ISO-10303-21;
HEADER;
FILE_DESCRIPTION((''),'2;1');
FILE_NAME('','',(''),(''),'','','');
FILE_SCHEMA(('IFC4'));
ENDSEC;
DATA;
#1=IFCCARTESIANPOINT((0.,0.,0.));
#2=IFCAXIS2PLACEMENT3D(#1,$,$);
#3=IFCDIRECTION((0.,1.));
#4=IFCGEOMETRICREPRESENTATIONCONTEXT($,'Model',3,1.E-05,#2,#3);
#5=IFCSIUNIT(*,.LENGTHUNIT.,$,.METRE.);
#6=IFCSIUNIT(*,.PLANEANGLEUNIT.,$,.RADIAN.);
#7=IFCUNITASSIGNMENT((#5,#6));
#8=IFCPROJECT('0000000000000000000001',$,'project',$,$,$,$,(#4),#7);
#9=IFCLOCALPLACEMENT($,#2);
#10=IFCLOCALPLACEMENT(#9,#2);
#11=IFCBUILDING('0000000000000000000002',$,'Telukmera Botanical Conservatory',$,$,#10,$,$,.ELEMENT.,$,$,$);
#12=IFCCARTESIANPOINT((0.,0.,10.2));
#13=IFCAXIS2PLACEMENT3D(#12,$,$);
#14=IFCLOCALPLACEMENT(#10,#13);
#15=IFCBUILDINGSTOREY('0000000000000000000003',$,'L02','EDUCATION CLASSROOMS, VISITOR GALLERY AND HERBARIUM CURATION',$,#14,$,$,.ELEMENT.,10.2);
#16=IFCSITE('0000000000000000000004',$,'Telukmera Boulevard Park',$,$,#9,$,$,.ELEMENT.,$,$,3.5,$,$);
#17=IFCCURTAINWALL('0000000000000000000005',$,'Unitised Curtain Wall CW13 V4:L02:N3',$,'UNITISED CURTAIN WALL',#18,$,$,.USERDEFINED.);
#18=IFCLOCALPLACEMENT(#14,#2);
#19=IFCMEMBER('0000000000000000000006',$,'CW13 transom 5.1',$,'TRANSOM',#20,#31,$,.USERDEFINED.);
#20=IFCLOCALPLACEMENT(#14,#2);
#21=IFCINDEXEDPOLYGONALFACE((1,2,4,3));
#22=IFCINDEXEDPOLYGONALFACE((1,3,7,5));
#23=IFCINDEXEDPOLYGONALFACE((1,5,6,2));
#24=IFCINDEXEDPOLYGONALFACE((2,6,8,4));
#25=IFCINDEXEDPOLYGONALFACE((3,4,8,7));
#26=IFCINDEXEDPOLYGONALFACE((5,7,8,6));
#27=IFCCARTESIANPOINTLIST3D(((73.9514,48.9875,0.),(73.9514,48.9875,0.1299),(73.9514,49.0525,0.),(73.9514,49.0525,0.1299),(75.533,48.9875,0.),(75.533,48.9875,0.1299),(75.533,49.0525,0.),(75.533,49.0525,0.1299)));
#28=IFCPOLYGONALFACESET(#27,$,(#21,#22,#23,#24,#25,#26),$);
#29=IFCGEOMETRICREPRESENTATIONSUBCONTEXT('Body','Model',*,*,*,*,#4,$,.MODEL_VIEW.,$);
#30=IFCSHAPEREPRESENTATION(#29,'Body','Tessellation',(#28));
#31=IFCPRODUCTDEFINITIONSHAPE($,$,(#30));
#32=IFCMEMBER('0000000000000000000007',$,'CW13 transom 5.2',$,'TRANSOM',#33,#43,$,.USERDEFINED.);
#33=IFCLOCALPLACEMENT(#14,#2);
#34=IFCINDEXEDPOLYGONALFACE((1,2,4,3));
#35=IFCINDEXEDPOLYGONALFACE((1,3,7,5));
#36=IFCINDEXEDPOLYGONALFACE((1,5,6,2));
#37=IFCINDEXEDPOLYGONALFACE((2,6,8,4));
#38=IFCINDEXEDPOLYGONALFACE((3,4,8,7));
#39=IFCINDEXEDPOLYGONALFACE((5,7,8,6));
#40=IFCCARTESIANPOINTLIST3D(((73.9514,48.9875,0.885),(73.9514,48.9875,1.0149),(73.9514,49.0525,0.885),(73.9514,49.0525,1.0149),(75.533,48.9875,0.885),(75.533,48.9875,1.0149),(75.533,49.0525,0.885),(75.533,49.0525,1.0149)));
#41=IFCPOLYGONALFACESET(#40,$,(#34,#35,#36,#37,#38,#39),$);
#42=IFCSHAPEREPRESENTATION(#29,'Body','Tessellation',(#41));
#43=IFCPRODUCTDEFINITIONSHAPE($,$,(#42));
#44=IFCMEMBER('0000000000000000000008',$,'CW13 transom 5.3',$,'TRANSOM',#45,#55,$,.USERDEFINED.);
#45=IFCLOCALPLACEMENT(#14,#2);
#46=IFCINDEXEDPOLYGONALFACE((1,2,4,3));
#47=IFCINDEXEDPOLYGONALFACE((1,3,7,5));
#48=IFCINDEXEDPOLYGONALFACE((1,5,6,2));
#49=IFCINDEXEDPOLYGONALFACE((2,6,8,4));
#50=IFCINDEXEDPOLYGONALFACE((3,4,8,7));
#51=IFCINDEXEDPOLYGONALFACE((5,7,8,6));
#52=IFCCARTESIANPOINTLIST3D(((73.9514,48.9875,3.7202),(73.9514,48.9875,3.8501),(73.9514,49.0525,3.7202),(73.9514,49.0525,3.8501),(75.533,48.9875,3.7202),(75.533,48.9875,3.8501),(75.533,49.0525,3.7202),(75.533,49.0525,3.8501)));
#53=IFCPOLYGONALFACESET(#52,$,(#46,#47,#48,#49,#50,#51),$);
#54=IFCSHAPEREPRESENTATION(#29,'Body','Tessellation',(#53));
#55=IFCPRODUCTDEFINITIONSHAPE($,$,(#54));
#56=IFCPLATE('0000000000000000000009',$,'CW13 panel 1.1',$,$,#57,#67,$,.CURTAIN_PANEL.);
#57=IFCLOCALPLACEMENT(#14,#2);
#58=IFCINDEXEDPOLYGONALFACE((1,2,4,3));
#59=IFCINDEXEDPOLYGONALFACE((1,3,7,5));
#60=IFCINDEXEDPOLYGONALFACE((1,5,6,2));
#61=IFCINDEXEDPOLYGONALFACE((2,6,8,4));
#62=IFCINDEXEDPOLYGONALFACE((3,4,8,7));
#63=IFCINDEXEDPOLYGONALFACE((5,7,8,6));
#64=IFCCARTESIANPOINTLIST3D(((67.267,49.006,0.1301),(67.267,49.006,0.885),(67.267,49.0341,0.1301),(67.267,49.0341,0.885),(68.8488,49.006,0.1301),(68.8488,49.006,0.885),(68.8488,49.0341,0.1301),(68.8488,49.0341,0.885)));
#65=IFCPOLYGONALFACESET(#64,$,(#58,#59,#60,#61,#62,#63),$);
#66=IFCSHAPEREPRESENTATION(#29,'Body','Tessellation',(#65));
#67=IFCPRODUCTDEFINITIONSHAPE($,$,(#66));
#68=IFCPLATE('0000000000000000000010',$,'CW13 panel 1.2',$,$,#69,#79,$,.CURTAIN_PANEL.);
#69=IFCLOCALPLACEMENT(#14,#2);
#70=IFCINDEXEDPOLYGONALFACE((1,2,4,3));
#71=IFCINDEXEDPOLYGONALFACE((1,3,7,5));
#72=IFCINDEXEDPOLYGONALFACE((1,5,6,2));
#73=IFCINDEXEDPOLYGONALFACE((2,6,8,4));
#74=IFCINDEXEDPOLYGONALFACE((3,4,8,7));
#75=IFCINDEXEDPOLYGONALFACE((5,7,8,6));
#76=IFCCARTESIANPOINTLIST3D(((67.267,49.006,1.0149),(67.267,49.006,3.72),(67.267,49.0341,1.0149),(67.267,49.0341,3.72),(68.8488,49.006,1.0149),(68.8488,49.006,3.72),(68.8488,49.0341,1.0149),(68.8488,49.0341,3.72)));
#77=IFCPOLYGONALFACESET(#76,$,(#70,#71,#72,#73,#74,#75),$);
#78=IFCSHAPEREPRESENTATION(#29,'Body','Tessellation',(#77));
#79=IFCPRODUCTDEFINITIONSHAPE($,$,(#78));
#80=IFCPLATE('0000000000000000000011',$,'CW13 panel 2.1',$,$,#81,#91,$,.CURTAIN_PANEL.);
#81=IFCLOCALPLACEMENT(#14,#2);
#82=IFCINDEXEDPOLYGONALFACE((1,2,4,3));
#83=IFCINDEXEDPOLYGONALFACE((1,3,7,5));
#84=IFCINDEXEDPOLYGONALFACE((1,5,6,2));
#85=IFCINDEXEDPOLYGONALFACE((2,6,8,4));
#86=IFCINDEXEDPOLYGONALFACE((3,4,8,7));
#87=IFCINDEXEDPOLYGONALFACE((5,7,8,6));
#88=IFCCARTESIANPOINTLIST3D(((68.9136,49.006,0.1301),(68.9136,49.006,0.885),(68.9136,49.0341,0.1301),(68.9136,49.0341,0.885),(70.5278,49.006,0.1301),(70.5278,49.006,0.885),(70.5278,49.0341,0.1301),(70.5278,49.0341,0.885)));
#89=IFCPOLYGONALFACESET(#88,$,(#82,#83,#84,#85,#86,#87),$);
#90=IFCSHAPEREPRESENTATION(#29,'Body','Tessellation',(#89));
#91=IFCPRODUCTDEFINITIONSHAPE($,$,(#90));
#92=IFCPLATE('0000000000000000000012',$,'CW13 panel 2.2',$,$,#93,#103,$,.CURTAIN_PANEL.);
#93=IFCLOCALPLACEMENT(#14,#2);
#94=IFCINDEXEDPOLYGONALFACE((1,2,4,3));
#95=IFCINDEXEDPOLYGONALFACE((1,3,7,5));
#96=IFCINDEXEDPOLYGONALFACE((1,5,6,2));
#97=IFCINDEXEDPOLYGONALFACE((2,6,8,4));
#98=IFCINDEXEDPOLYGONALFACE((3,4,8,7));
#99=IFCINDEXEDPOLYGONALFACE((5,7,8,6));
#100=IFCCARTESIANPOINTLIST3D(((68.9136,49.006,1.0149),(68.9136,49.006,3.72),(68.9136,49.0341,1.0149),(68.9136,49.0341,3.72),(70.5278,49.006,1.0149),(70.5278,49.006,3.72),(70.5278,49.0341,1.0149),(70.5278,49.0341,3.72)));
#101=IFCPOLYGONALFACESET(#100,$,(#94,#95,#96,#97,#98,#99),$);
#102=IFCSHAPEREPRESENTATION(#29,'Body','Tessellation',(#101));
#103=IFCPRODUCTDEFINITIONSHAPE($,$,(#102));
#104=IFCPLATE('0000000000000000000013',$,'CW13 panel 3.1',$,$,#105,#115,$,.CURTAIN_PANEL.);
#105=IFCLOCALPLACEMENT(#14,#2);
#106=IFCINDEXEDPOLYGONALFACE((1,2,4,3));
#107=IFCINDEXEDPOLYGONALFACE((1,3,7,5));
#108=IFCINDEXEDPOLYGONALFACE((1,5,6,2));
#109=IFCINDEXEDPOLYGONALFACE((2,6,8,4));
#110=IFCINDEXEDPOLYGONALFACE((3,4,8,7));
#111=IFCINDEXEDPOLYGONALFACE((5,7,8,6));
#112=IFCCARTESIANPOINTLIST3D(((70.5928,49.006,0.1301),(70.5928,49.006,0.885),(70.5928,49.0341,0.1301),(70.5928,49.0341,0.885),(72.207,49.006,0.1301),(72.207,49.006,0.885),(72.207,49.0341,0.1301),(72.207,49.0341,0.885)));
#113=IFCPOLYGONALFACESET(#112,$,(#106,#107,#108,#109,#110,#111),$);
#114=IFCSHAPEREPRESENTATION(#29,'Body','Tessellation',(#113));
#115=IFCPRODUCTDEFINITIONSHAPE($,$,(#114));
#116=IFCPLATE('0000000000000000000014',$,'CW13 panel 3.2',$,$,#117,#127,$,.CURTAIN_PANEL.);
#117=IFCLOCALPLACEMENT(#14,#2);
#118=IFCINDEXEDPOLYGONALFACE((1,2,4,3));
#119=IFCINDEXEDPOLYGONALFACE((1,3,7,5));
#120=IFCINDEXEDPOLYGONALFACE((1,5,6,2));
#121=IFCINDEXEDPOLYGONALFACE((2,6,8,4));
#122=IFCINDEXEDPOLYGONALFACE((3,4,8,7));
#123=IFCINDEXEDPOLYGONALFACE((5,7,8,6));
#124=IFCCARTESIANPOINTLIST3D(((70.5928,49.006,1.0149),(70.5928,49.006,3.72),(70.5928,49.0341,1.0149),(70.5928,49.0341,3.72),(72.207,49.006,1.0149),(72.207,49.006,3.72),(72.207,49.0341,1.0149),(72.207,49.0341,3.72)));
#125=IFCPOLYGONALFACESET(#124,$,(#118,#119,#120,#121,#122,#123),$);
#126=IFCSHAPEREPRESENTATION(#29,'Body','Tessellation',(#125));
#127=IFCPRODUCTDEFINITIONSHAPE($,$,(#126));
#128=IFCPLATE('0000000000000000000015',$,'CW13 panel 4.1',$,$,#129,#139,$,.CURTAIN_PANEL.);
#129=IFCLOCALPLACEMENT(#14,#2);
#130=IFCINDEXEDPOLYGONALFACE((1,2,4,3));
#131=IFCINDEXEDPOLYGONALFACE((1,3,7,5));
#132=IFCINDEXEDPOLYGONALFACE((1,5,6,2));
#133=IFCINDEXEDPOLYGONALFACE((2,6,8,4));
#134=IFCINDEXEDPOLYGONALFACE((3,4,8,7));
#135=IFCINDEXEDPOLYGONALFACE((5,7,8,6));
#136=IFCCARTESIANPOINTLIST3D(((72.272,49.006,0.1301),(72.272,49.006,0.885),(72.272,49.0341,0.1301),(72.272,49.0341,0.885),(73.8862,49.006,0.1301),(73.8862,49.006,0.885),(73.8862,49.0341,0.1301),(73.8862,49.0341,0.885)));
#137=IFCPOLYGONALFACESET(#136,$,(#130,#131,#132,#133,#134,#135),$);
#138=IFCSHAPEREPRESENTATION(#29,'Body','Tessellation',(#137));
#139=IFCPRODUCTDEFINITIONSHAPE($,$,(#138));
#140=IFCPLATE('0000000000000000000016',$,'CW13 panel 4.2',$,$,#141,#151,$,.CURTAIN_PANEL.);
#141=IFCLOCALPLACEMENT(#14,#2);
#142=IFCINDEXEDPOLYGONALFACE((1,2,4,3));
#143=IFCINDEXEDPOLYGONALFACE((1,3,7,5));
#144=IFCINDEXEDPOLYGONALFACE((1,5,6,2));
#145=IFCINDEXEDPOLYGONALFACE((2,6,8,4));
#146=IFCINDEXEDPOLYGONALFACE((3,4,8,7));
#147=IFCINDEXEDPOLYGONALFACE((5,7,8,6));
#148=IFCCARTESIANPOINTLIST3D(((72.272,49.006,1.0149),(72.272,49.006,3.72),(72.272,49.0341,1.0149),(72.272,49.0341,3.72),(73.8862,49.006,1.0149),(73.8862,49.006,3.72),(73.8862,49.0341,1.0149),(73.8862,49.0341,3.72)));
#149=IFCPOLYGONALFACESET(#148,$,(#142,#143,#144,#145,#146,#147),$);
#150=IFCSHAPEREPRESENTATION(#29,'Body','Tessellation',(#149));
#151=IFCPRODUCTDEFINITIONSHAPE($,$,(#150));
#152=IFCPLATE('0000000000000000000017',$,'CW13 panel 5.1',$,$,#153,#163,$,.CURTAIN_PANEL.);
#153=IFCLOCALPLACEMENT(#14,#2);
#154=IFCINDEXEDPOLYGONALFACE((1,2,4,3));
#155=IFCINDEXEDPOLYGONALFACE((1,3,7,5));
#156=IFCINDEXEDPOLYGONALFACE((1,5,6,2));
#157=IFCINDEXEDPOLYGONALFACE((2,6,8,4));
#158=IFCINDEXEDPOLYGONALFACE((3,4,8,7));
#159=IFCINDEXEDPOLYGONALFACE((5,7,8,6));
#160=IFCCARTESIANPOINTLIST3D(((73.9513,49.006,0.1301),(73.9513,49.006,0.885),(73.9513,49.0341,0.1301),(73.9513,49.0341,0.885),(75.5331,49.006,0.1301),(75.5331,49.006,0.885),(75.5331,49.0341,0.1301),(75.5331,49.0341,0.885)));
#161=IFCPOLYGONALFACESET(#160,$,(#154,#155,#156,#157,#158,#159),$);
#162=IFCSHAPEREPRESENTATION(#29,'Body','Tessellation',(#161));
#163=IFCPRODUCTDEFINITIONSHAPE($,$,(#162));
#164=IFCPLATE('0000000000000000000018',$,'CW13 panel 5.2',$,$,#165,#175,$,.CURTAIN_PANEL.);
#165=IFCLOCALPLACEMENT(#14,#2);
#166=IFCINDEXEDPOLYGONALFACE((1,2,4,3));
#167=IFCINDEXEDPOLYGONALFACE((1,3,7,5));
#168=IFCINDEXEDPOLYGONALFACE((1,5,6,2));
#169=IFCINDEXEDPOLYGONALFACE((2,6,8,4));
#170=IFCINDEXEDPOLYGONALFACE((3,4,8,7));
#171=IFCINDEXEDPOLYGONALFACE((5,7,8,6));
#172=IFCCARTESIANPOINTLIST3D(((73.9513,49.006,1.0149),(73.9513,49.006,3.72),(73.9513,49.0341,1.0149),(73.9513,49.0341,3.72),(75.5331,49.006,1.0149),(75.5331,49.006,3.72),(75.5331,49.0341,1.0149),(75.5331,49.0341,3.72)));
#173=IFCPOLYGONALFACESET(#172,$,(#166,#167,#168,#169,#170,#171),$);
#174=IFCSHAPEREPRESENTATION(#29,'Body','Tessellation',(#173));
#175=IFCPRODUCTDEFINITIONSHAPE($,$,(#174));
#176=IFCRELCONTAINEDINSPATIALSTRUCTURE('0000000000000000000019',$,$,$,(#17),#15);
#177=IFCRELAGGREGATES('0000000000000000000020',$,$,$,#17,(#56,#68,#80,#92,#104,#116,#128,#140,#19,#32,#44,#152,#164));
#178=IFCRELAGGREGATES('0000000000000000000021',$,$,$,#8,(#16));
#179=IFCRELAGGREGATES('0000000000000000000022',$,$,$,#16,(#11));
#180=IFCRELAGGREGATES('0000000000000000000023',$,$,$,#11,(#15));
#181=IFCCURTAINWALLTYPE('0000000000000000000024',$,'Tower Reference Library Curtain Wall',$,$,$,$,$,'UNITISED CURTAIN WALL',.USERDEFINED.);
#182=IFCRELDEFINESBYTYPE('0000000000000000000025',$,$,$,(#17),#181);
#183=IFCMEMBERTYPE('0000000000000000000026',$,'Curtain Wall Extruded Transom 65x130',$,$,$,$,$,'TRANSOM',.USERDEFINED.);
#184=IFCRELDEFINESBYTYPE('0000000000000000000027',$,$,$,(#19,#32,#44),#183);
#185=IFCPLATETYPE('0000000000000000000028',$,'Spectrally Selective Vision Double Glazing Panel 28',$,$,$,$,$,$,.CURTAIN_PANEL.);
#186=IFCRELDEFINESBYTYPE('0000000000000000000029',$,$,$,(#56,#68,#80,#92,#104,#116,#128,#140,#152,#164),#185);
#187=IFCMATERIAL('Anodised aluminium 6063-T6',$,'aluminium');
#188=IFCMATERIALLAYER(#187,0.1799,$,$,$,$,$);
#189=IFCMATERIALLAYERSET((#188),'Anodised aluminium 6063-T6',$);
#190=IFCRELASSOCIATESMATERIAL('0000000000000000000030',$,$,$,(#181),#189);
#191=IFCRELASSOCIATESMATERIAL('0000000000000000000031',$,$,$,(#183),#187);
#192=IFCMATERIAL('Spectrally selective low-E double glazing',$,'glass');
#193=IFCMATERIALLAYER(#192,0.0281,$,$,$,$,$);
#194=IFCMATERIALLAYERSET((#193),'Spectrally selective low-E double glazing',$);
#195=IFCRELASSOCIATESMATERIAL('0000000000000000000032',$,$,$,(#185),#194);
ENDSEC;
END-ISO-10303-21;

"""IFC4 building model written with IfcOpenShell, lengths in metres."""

from ifc_helpers import new_model, si_unit, direction, frame, origin, origin_2d, place, context, subcontext, project, spatial, rectangle, extrude, material, layer, layer_set, material_profile, profile_set, type_object, element, aggregate, save


model = new_model("IFC4")

# Units and contexts
model_context = context("Model", 3, precision=1e-05, world=origin(), true_north=direction((0.0, 1.0)))
body_context = subcontext(model_context, "Body", "Model", "MODEL_VIEW")
ifc_project = project(units=[si_unit("LENGTHUNIT", "METRE"), si_unit("PLANEANGLEUNIT", "RADIAN")], contexts=[model_context])

# Site, building, storey
site_placement = place(None, origin())
site = spatial("IfcSite", under=ifc_project, at=site_placement, Name="Telukmera Boulevard Park", CompositionType="ELEMENT", RefElevation=3.5)
building_placement = place(site_placement, origin())
building = spatial("IfcBuilding", under=site, at=building_placement, Name="Telukmera Botanical Conservatory", CompositionType="ELEMENT")
storey_placement = place(building_placement, frame((0.0, 0.0, 10.2)))
storey = spatial("IfcBuildingStorey", under=building, at=storey_placement, Name="L02", Description="EDUCATION CLASSROOMS, VISITOR GALLERY AND HERBARIUM CURATION", CompositionType="ELEMENT", Elevation=10.2)

# Curtain wall
ifc_material_1 = material(Name="Anodised aluminium 6063-T6", Category="aluminium")
ifc_layer_1 = layer(ifc_material_1, 0.1799)
ifc_layer_set_1 = layer_set([ifc_layer_1], Name="Anodised aluminium 6063-T6")
curtain_wall_type = type_object("IfcCurtainWallType", Name="Tower Reference Library Curtain Wall", ElementType="UNITISED CURTAIN WALL", PredefinedType="USERDEFINED", material=ifc_layer_set_1)
curtain_wall_1_placement = place(storey_placement, origin())
curtain_wall_1 = element("IfcCurtainWall", 1, at=curtain_wall_1_placement, inside=storey, type_object=curtain_wall_type, Name="Unitised Curtain Wall CW13 V4:L02:N3", ObjectType="UNITISED CURTAIN WALL", PredefinedType="USERDEFINED")

# Members
ifc_material_profile_1 = material_profile(ifc_material_1, rectangle(XDim=0.0649, YDim=0.1299, at=origin_2d()), Name="ALU TRAN 65x130")
ifc_profile_set_1 = profile_set([ifc_material_profile_1], Name="Anodised aluminium 6063-T6")
member_type_1 = type_object("IfcMemberType", Name="Curtain Wall Extruded Transom 65x130", ElementType="TRANSOM", PredefinedType="USERDEFINED", material=ifc_profile_set_1)
member_1_placement = place(storey_placement, frame((73.9514, 49.02, 0.0649), z_axis=(1.0, 0.0, 0.0), x_axis=(0.0, 1.0, 0.0)))
member_1 = element("IfcMember", 2, at=member_1_placement, type_object=member_type_1, Name="CW13 transom 5.1", ObjectType="TRANSOM", PredefinedType="USERDEFINED", context=body_context, shape_type="SweptSolid", body=[
    extrude(rectangle(XDim=0.0649, YDim=0.1299, at=origin_2d()), origin(), (0.0, 0.0, 1.0), 1.5815),
])
member_2_placement = place(storey_placement, frame((73.9514, 49.02, 0.95), z_axis=(1.0, 0.0, 0.0), x_axis=(0.0, 1.0, 0.0)))
member_2 = element("IfcMember", 3, at=member_2_placement, type_object=member_type_1, Name="CW13 transom 5.2", ObjectType="TRANSOM", PredefinedType="USERDEFINED", context=body_context, shape_type="SweptSolid", body=[
    extrude(rectangle(XDim=0.0649, YDim=0.1299, at=origin_2d()), origin(), (0.0, 0.0, 1.0), 1.5815),
])
member_3_placement = place(storey_placement, frame((73.9514, 49.02, 3.7852), z_axis=(1.0, 0.0, 0.0), x_axis=(0.0, 1.0, 0.0)))
member_3 = element("IfcMember", 4, at=member_3_placement, type_object=member_type_1, Name="CW13 transom 5.3", ObjectType="TRANSOM", PredefinedType="USERDEFINED", context=body_context, shape_type="SweptSolid", body=[
    extrude(rectangle(XDim=0.0649, YDim=0.1299, at=origin_2d()), origin(), (0.0, 0.0, 1.0), 1.5815),
])

# Plates
ifc_material_2 = material(Name="Spectrally selective low-E double glazing", Category="glass")
ifc_layer_2 = layer(ifc_material_2, 0.0281)
ifc_layer_set_2 = layer_set([ifc_layer_2], Name="Spectrally selective low-E double glazing")
plate_type = type_object("IfcPlateType", Name="Spectrally Selective Vision Double Glazing Panel 28", PredefinedType="CURTAIN_PANEL", material=ifc_layer_set_2)
plate_1_placement = place(storey_placement, frame((68.0579, 49.02, 0.1301), z_axis=(0.0, 0.0, 1.0), x_axis=(1.0, 0.0, 0.0)))
plate_1 = element("IfcPlate", 5, at=plate_1_placement, type_object=plate_type, Name="CW13 panel 1.1", PredefinedType="CURTAIN_PANEL", context=body_context, shape_type="SweptSolid", body=[
    extrude(rectangle(XDim=1.5818, YDim=0.0281, at=origin_2d()), origin(), (0.0, 0.0, 1.0), 0.7549),
])
plate_2_placement = place(storey_placement, frame((68.0579, 49.02, 1.0149), z_axis=(0.0, 0.0, 1.0), x_axis=(1.0, 0.0, 0.0)))
plate_2 = element("IfcPlate", 6, at=plate_2_placement, type_object=plate_type, Name="CW13 panel 1.2", PredefinedType="CURTAIN_PANEL", context=body_context, shape_type="SweptSolid", body=[
    extrude(rectangle(XDim=1.5818, YDim=0.0281, at=origin_2d()), origin(), (0.0, 0.0, 1.0), 2.7051),
])
plate_3_placement = place(storey_placement, frame((69.7207, 49.02, 0.1301), z_axis=(0.0, 0.0, 1.0), x_axis=(1.0, 0.0, 0.0)))
plate_3 = element("IfcPlate", 7, at=plate_3_placement, type_object=plate_type, Name="CW13 panel 2.1", PredefinedType="CURTAIN_PANEL", context=body_context, shape_type="SweptSolid", body=[
    extrude(rectangle(XDim=1.6143, YDim=0.0281, at=origin_2d()), origin(), (0.0, 0.0, 1.0), 0.7549),
])
plate_4_placement = place(storey_placement, frame((69.7207, 49.02, 1.0149), z_axis=(0.0, 0.0, 1.0), x_axis=(1.0, 0.0, 0.0)))
plate_4 = element("IfcPlate", 8, at=plate_4_placement, type_object=plate_type, Name="CW13 panel 2.2", PredefinedType="CURTAIN_PANEL", context=body_context, shape_type="SweptSolid", body=[
    extrude(rectangle(XDim=1.6143, YDim=0.0281, at=origin_2d()), origin(), (0.0, 0.0, 1.0), 2.7051),
])
plate_5_placement = place(storey_placement, frame((71.3999, 49.02, 0.1301), z_axis=(0.0, 0.0, 1.0), x_axis=(1.0, 0.0, 0.0)))
plate_5 = element("IfcPlate", 9, at=plate_5_placement, type_object=plate_type, Name="CW13 panel 3.1", PredefinedType="CURTAIN_PANEL", context=body_context, shape_type="SweptSolid", body=[
    extrude(rectangle(XDim=1.6143, YDim=0.0281, at=origin_2d()), origin(), (0.0, 0.0, 1.0), 0.7549),
])
plate_6_placement = place(storey_placement, frame((71.3999, 49.02, 1.0149), z_axis=(0.0, 0.0, 1.0), x_axis=(1.0, 0.0, 0.0)))
plate_6 = element("IfcPlate", 10, at=plate_6_placement, type_object=plate_type, Name="CW13 panel 3.2", PredefinedType="CURTAIN_PANEL", context=body_context, shape_type="SweptSolid", body=[
    extrude(rectangle(XDim=1.6143, YDim=0.0281, at=origin_2d()), origin(), (0.0, 0.0, 1.0), 2.7051),
])
plate_7_placement = place(storey_placement, frame((73.0791, 49.02, 0.1301), z_axis=(0.0, 0.0, 1.0), x_axis=(1.0, 0.0, 0.0)))
plate_7 = element("IfcPlate", 11, at=plate_7_placement, type_object=plate_type, Name="CW13 panel 4.1", PredefinedType="CURTAIN_PANEL", context=body_context, shape_type="SweptSolid", body=[
    extrude(rectangle(XDim=1.6143, YDim=0.0281, at=origin_2d()), origin(), (0.0, 0.0, 1.0), 0.7549),
])
plate_8_placement = place(storey_placement, frame((73.0791, 49.02, 1.0149), z_axis=(0.0, 0.0, 1.0), x_axis=(1.0, 0.0, 0.0)))
plate_8 = element("IfcPlate", 12, at=plate_8_placement, type_object=plate_type, Name="CW13 panel 4.2", PredefinedType="CURTAIN_PANEL", context=body_context, shape_type="SweptSolid", body=[
    extrude(rectangle(XDim=1.6143, YDim=0.0281, at=origin_2d()), origin(), (0.0, 0.0, 1.0), 2.7051),
])
plate_9_placement = place(storey_placement, frame((74.7422, 49.02, 0.1301), z_axis=(0.0, 0.0, 1.0), x_axis=(1.0, 0.0, 0.0)))
plate_9 = element("IfcPlate", 13, at=plate_9_placement, type_object=plate_type, Name="CW13 panel 5.1", PredefinedType="CURTAIN_PANEL", context=body_context, shape_type="SweptSolid", body=[
    extrude(rectangle(XDim=1.5818, YDim=0.0281, at=origin_2d()), origin(), (0.0, 0.0, 1.0), 0.7549),
])
plate_10_placement = place(storey_placement, frame((74.7422, 49.02, 1.0149), z_axis=(0.0, 0.0, 1.0), x_axis=(1.0, 0.0, 0.0)))
plate_10 = element("IfcPlate", 14, at=plate_10_placement, type_object=plate_type, Name="CW13 panel 5.2", PredefinedType="CURTAIN_PANEL", context=body_context, shape_type="SweptSolid", body=[
    extrude(rectangle(XDim=1.5818, YDim=0.0281, at=origin_2d()), origin(), (0.0, 0.0, 1.0), 2.7051),
])
aggregate(curtain_wall_1, [plate_1, plate_2, plate_3, plate_4, plate_5, plate_6, plate_7, plate_8, member_1, member_2, member_3, plate_9, plate_10])

save(model, "model.ifc")
